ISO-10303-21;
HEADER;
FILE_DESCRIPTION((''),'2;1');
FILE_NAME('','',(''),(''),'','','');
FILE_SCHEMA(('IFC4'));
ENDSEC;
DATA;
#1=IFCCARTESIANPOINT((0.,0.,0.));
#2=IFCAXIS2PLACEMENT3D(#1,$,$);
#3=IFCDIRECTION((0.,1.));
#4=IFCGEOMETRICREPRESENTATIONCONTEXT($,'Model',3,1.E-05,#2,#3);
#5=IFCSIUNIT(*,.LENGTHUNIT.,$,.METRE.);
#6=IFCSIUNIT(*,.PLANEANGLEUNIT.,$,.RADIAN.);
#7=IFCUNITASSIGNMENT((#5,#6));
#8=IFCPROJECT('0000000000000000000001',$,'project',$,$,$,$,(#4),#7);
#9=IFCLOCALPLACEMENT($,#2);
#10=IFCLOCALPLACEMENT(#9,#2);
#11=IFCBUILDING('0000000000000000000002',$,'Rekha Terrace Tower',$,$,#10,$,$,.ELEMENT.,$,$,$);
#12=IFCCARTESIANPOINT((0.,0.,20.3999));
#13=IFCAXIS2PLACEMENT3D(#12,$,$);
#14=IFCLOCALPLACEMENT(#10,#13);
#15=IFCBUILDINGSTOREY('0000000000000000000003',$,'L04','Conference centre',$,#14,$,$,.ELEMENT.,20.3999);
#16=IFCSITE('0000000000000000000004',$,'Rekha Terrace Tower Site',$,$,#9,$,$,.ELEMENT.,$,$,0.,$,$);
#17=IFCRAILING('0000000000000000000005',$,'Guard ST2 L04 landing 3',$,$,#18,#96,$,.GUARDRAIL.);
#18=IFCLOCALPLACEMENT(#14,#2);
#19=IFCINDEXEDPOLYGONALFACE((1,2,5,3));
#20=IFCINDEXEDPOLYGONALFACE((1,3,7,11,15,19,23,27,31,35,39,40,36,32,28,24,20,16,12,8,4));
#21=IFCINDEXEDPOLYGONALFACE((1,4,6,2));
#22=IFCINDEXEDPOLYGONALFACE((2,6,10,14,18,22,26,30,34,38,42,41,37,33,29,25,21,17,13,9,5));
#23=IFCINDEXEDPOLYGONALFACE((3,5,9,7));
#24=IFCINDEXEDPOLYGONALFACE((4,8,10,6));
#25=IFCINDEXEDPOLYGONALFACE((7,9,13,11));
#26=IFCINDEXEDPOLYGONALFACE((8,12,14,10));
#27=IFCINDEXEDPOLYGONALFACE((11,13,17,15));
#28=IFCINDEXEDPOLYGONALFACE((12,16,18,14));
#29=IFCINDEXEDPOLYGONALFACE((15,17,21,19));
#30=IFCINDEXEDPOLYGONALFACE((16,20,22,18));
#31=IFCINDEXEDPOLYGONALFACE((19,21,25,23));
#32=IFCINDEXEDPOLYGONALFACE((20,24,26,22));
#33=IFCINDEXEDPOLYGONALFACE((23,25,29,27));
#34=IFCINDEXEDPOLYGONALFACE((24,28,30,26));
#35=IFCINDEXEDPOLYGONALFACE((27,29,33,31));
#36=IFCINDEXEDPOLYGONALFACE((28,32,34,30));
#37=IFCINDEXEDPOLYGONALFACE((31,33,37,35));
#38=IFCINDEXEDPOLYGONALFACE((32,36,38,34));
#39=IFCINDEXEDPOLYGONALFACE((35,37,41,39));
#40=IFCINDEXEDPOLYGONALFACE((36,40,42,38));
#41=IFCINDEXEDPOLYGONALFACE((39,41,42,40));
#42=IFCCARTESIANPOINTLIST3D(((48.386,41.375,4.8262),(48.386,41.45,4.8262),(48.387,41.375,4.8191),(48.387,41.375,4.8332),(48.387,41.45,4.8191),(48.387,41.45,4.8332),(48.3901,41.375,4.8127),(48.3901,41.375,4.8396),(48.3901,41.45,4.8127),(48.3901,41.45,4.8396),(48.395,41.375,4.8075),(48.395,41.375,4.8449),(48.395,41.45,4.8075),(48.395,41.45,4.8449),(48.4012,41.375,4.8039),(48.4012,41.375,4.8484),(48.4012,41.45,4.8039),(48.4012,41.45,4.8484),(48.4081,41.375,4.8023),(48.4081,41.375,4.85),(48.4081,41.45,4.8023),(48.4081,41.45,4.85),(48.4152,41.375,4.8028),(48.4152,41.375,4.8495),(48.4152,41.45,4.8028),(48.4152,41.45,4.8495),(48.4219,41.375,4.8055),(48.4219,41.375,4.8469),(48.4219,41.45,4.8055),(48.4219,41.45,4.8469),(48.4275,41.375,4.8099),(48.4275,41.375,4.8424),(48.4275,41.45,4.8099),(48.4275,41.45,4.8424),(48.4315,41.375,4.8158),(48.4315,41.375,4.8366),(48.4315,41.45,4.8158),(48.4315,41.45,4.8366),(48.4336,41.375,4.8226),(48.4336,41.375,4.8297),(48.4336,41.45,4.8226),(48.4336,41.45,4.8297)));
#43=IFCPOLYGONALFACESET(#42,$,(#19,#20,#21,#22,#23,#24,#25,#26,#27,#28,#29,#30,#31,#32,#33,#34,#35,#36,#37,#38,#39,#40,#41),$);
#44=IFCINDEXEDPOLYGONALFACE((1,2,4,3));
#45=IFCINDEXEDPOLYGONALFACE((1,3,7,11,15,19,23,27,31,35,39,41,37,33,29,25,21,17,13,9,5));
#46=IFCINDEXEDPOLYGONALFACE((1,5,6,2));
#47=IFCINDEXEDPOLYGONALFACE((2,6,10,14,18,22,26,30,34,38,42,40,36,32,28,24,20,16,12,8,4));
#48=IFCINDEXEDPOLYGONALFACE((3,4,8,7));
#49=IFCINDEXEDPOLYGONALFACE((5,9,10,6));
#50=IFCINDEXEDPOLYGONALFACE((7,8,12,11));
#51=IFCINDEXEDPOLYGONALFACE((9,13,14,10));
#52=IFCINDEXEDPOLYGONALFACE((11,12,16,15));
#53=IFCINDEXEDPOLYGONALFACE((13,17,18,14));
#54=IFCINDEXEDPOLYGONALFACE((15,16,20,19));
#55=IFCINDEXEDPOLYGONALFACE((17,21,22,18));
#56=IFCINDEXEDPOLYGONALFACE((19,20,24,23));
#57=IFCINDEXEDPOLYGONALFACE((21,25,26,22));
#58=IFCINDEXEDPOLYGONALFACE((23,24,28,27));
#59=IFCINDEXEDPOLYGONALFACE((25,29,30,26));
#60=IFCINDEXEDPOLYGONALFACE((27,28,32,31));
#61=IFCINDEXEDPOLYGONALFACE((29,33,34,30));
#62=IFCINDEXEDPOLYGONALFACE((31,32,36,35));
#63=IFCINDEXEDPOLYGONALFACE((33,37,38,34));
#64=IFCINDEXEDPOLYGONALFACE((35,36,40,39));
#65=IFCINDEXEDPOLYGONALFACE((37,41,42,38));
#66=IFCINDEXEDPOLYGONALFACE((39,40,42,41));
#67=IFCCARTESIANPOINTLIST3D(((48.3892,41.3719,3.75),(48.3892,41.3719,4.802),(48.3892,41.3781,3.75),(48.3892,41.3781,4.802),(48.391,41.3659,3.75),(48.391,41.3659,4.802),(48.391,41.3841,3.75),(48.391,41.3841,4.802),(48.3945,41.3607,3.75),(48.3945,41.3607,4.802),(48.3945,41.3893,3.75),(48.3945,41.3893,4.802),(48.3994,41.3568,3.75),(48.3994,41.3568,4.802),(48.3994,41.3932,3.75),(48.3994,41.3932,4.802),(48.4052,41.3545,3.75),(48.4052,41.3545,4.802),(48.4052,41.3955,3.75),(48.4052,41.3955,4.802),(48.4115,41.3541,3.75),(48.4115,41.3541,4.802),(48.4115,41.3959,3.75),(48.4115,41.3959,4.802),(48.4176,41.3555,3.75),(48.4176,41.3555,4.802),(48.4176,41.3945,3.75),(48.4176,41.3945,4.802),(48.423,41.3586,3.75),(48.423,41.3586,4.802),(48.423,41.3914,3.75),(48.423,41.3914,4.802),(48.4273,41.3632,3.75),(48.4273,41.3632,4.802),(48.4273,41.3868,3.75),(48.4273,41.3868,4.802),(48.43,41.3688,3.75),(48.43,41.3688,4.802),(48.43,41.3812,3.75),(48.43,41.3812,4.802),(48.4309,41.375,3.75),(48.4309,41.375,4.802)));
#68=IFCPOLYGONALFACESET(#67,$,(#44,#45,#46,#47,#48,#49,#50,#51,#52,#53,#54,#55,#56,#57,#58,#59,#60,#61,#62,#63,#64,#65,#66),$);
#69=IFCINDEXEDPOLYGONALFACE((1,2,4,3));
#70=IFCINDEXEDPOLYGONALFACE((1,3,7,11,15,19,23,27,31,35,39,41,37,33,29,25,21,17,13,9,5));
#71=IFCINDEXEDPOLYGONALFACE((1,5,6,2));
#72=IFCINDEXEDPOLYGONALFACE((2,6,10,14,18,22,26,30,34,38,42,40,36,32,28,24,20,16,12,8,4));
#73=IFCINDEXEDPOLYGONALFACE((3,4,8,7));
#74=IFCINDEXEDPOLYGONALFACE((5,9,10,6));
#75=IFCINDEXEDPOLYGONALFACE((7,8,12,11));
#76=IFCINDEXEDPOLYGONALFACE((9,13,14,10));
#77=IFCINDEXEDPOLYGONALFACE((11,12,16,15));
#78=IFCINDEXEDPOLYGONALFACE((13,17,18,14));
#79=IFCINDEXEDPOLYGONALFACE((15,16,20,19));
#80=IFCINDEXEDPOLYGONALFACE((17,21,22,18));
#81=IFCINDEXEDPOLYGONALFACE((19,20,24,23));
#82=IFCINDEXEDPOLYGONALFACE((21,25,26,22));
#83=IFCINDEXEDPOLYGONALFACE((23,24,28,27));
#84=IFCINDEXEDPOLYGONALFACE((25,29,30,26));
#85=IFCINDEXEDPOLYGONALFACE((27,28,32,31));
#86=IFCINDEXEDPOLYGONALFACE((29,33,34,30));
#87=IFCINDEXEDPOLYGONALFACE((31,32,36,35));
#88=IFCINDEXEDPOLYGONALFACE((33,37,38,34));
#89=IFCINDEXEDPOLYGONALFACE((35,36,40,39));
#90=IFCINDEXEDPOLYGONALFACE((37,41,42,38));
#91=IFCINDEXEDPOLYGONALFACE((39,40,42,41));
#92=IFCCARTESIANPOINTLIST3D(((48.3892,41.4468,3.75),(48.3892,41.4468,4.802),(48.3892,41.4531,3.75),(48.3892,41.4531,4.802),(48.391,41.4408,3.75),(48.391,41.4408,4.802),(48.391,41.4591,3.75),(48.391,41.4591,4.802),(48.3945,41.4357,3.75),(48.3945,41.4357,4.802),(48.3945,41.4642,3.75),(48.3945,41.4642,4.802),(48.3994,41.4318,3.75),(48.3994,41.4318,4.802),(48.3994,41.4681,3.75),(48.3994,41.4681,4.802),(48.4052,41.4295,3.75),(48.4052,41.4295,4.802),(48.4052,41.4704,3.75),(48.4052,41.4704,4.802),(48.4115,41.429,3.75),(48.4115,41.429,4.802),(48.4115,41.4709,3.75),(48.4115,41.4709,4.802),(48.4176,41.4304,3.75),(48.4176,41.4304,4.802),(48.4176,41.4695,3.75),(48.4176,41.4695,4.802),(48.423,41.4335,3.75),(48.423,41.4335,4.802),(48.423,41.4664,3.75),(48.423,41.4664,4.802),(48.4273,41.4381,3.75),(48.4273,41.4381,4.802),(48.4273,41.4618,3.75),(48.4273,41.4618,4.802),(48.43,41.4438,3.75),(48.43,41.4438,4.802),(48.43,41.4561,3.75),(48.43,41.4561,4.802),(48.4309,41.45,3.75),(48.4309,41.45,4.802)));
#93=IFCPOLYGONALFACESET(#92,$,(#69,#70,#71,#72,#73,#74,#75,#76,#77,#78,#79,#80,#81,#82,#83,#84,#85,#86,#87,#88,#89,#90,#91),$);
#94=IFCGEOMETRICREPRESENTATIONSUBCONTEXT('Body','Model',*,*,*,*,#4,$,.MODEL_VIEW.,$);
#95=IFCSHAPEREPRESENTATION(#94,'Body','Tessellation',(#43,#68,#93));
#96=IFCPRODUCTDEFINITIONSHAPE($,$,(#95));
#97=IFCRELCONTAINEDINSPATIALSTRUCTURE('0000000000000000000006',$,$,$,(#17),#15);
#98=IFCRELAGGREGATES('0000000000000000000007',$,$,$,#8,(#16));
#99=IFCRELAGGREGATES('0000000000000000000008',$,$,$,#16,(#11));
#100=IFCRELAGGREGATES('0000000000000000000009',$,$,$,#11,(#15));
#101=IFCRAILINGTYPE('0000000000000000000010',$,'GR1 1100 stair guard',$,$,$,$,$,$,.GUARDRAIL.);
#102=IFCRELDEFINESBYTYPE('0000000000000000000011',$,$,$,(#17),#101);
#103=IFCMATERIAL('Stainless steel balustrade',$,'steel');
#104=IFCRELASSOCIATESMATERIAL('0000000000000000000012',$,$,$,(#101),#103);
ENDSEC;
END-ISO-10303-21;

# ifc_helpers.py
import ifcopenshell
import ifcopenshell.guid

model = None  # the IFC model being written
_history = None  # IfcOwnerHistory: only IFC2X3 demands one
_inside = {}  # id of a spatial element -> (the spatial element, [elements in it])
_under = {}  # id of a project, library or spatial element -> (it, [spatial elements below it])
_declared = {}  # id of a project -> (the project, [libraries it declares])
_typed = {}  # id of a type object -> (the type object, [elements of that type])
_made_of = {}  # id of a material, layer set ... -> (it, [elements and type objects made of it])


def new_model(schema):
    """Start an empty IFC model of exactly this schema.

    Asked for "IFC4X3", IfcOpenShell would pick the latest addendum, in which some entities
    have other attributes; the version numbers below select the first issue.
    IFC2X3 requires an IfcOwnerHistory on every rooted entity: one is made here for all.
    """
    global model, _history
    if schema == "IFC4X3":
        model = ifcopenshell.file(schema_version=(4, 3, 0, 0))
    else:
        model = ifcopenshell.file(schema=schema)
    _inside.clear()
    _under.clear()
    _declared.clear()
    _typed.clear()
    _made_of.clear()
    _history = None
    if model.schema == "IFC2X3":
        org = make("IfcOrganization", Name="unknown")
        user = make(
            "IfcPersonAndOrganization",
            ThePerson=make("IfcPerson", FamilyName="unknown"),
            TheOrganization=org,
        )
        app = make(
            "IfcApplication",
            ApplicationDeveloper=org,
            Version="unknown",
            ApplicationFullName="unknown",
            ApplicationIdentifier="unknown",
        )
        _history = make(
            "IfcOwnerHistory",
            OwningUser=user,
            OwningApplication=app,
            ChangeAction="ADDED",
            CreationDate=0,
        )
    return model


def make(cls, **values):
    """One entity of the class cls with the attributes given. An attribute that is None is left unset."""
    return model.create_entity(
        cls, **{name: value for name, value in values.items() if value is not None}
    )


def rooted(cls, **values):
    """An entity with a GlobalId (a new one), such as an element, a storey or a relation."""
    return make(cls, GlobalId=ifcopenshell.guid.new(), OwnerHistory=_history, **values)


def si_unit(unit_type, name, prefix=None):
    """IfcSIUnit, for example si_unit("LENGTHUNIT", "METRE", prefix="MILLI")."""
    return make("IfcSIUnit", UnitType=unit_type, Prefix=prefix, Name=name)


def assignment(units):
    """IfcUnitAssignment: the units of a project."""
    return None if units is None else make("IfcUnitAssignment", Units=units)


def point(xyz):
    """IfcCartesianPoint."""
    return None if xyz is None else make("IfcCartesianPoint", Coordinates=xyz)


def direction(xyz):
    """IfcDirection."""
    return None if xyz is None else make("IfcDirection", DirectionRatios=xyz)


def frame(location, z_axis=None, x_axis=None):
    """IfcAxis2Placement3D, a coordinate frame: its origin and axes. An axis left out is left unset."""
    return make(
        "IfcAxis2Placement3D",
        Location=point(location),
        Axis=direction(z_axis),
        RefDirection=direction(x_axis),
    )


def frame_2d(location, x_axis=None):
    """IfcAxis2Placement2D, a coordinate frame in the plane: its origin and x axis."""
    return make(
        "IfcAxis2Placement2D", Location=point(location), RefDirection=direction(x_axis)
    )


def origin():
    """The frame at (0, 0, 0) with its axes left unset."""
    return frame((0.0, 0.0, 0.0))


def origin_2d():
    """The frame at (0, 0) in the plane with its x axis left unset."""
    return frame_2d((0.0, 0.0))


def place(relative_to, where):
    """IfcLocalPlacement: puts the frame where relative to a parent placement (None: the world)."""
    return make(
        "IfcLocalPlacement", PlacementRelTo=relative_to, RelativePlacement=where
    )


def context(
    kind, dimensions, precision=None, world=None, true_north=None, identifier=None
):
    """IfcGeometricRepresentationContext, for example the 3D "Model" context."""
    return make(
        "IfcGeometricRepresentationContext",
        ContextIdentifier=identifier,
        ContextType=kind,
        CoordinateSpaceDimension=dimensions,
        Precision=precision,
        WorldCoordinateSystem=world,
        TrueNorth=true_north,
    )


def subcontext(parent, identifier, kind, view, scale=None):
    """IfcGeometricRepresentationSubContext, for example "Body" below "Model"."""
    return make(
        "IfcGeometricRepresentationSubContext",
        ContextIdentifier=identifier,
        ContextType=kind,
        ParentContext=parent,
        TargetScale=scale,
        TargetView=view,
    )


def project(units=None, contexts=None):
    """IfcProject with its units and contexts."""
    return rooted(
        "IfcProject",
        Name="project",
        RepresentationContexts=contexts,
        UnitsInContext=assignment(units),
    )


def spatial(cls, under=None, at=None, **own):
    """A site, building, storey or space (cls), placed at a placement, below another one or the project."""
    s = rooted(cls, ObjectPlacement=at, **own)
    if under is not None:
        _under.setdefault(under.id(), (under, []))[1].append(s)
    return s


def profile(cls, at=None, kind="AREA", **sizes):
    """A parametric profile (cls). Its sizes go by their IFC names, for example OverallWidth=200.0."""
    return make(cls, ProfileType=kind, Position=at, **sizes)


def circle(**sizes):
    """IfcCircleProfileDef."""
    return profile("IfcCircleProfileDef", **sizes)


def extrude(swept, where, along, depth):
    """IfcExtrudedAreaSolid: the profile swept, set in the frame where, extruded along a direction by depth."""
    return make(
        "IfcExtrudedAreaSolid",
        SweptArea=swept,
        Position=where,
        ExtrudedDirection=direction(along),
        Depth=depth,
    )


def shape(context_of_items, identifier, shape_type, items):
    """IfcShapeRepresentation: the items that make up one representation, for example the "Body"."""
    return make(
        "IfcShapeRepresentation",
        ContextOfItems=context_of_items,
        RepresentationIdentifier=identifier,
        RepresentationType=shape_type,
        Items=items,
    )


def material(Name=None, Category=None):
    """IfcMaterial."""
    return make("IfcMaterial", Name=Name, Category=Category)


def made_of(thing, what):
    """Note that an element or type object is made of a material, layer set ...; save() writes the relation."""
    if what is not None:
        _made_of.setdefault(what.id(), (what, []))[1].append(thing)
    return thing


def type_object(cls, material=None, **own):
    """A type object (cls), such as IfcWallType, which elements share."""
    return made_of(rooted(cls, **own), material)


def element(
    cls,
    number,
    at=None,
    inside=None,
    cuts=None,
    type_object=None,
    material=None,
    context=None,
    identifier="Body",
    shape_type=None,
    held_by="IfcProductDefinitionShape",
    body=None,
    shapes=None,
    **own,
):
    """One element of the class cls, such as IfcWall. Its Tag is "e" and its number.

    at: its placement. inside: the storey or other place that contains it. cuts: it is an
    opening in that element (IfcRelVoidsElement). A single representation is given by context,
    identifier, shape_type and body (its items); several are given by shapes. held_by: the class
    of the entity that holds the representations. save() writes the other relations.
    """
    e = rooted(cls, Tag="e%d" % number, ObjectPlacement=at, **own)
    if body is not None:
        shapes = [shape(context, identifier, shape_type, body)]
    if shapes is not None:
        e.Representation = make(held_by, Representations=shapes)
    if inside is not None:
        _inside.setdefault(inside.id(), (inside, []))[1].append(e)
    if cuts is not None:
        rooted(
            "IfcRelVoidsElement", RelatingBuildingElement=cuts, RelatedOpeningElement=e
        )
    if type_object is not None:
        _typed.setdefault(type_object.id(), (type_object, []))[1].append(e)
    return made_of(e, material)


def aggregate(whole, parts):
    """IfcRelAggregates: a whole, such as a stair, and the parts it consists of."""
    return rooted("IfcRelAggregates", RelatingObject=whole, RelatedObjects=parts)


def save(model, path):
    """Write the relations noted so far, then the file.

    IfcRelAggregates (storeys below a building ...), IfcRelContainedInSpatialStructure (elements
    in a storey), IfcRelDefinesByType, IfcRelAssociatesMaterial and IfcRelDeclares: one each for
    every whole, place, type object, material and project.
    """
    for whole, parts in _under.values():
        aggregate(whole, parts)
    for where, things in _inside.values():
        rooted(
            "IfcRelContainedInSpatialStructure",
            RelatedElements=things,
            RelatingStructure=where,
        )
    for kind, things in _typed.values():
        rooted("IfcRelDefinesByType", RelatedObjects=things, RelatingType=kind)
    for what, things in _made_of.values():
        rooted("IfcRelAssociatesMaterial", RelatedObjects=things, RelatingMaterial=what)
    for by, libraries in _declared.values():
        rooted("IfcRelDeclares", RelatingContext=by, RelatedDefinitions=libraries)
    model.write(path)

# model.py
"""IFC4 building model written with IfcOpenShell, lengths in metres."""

from ifc_helpers import new_model, si_unit, direction, frame, origin, origin_2d, place, context, subcontext, project, spatial, circle, extrude, material, type_object, element, save


model = new_model("IFC4")

# Units and contexts
model_context = context("Model", 3, precision=1e-05, world=origin(), true_north=direction((0.0, 1.0)))
body_context = subcontext(model_context, "Body", "Model", "MODEL_VIEW")
ifc_project = project(units=[si_unit("LENGTHUNIT", "METRE"), si_unit("PLANEANGLEUNIT", "RADIAN")], contexts=[model_context])

# Site, building, storey
site_placement = place(None, origin())
site = spatial("IfcSite", under=ifc_project, at=site_placement, Name="Rekha Terrace Tower Site", CompositionType="ELEMENT", RefElevation=0.0)
building_placement = place(site_placement, origin())
building = spatial("IfcBuilding", under=site, at=building_placement, Name="Rekha Terrace Tower", CompositionType="ELEMENT")
storey_placement = place(building_placement, frame((0.0, 0.0, 20.3999)))
storey = spatial("IfcBuildingStorey", under=building, at=storey_placement, Name="L04", Description="Conference centre", CompositionType="ELEMENT", Elevation=20.3999)

# Railing
ifc_material_1 = material(Name="Stainless steel balustrade", Category="steel")
railing_type_1 = type_object("IfcRailingType", Name="GR1 1100 stair guard", PredefinedType="GUARDRAIL", material=ifc_material_1)
railing_1_placement = place(storey_placement, frame((48.4099, 41.375, 3.75)))
element("IfcRailing", 1, at=railing_1_placement, inside=storey, type_object=railing_type_1, Name="Guard ST2 L04 landing 3", PredefinedType="GUARDRAIL", context=body_context, shape_type="SweptSolid", body=[
    extrude(circle(Radius=0.0239, at=origin_2d()), frame((0.0, 0.0, 1.0762), z_axis=(0.0, 1.0, 0.0), x_axis=(-1.0, 0.0, 0.0)), (0.0, 0.0, 1.0), 0.075),
    extrude(circle(Radius=0.021, at=origin_2d()), origin(), (0.0, 0.0, 1.0), 1.052),
    extrude(circle(Radius=0.021, at=origin_2d()), frame((0.0, 0.075, 0.0)), (0.0, 0.0, 1.0), 1.052),
])

save(model, "model.ifc")
